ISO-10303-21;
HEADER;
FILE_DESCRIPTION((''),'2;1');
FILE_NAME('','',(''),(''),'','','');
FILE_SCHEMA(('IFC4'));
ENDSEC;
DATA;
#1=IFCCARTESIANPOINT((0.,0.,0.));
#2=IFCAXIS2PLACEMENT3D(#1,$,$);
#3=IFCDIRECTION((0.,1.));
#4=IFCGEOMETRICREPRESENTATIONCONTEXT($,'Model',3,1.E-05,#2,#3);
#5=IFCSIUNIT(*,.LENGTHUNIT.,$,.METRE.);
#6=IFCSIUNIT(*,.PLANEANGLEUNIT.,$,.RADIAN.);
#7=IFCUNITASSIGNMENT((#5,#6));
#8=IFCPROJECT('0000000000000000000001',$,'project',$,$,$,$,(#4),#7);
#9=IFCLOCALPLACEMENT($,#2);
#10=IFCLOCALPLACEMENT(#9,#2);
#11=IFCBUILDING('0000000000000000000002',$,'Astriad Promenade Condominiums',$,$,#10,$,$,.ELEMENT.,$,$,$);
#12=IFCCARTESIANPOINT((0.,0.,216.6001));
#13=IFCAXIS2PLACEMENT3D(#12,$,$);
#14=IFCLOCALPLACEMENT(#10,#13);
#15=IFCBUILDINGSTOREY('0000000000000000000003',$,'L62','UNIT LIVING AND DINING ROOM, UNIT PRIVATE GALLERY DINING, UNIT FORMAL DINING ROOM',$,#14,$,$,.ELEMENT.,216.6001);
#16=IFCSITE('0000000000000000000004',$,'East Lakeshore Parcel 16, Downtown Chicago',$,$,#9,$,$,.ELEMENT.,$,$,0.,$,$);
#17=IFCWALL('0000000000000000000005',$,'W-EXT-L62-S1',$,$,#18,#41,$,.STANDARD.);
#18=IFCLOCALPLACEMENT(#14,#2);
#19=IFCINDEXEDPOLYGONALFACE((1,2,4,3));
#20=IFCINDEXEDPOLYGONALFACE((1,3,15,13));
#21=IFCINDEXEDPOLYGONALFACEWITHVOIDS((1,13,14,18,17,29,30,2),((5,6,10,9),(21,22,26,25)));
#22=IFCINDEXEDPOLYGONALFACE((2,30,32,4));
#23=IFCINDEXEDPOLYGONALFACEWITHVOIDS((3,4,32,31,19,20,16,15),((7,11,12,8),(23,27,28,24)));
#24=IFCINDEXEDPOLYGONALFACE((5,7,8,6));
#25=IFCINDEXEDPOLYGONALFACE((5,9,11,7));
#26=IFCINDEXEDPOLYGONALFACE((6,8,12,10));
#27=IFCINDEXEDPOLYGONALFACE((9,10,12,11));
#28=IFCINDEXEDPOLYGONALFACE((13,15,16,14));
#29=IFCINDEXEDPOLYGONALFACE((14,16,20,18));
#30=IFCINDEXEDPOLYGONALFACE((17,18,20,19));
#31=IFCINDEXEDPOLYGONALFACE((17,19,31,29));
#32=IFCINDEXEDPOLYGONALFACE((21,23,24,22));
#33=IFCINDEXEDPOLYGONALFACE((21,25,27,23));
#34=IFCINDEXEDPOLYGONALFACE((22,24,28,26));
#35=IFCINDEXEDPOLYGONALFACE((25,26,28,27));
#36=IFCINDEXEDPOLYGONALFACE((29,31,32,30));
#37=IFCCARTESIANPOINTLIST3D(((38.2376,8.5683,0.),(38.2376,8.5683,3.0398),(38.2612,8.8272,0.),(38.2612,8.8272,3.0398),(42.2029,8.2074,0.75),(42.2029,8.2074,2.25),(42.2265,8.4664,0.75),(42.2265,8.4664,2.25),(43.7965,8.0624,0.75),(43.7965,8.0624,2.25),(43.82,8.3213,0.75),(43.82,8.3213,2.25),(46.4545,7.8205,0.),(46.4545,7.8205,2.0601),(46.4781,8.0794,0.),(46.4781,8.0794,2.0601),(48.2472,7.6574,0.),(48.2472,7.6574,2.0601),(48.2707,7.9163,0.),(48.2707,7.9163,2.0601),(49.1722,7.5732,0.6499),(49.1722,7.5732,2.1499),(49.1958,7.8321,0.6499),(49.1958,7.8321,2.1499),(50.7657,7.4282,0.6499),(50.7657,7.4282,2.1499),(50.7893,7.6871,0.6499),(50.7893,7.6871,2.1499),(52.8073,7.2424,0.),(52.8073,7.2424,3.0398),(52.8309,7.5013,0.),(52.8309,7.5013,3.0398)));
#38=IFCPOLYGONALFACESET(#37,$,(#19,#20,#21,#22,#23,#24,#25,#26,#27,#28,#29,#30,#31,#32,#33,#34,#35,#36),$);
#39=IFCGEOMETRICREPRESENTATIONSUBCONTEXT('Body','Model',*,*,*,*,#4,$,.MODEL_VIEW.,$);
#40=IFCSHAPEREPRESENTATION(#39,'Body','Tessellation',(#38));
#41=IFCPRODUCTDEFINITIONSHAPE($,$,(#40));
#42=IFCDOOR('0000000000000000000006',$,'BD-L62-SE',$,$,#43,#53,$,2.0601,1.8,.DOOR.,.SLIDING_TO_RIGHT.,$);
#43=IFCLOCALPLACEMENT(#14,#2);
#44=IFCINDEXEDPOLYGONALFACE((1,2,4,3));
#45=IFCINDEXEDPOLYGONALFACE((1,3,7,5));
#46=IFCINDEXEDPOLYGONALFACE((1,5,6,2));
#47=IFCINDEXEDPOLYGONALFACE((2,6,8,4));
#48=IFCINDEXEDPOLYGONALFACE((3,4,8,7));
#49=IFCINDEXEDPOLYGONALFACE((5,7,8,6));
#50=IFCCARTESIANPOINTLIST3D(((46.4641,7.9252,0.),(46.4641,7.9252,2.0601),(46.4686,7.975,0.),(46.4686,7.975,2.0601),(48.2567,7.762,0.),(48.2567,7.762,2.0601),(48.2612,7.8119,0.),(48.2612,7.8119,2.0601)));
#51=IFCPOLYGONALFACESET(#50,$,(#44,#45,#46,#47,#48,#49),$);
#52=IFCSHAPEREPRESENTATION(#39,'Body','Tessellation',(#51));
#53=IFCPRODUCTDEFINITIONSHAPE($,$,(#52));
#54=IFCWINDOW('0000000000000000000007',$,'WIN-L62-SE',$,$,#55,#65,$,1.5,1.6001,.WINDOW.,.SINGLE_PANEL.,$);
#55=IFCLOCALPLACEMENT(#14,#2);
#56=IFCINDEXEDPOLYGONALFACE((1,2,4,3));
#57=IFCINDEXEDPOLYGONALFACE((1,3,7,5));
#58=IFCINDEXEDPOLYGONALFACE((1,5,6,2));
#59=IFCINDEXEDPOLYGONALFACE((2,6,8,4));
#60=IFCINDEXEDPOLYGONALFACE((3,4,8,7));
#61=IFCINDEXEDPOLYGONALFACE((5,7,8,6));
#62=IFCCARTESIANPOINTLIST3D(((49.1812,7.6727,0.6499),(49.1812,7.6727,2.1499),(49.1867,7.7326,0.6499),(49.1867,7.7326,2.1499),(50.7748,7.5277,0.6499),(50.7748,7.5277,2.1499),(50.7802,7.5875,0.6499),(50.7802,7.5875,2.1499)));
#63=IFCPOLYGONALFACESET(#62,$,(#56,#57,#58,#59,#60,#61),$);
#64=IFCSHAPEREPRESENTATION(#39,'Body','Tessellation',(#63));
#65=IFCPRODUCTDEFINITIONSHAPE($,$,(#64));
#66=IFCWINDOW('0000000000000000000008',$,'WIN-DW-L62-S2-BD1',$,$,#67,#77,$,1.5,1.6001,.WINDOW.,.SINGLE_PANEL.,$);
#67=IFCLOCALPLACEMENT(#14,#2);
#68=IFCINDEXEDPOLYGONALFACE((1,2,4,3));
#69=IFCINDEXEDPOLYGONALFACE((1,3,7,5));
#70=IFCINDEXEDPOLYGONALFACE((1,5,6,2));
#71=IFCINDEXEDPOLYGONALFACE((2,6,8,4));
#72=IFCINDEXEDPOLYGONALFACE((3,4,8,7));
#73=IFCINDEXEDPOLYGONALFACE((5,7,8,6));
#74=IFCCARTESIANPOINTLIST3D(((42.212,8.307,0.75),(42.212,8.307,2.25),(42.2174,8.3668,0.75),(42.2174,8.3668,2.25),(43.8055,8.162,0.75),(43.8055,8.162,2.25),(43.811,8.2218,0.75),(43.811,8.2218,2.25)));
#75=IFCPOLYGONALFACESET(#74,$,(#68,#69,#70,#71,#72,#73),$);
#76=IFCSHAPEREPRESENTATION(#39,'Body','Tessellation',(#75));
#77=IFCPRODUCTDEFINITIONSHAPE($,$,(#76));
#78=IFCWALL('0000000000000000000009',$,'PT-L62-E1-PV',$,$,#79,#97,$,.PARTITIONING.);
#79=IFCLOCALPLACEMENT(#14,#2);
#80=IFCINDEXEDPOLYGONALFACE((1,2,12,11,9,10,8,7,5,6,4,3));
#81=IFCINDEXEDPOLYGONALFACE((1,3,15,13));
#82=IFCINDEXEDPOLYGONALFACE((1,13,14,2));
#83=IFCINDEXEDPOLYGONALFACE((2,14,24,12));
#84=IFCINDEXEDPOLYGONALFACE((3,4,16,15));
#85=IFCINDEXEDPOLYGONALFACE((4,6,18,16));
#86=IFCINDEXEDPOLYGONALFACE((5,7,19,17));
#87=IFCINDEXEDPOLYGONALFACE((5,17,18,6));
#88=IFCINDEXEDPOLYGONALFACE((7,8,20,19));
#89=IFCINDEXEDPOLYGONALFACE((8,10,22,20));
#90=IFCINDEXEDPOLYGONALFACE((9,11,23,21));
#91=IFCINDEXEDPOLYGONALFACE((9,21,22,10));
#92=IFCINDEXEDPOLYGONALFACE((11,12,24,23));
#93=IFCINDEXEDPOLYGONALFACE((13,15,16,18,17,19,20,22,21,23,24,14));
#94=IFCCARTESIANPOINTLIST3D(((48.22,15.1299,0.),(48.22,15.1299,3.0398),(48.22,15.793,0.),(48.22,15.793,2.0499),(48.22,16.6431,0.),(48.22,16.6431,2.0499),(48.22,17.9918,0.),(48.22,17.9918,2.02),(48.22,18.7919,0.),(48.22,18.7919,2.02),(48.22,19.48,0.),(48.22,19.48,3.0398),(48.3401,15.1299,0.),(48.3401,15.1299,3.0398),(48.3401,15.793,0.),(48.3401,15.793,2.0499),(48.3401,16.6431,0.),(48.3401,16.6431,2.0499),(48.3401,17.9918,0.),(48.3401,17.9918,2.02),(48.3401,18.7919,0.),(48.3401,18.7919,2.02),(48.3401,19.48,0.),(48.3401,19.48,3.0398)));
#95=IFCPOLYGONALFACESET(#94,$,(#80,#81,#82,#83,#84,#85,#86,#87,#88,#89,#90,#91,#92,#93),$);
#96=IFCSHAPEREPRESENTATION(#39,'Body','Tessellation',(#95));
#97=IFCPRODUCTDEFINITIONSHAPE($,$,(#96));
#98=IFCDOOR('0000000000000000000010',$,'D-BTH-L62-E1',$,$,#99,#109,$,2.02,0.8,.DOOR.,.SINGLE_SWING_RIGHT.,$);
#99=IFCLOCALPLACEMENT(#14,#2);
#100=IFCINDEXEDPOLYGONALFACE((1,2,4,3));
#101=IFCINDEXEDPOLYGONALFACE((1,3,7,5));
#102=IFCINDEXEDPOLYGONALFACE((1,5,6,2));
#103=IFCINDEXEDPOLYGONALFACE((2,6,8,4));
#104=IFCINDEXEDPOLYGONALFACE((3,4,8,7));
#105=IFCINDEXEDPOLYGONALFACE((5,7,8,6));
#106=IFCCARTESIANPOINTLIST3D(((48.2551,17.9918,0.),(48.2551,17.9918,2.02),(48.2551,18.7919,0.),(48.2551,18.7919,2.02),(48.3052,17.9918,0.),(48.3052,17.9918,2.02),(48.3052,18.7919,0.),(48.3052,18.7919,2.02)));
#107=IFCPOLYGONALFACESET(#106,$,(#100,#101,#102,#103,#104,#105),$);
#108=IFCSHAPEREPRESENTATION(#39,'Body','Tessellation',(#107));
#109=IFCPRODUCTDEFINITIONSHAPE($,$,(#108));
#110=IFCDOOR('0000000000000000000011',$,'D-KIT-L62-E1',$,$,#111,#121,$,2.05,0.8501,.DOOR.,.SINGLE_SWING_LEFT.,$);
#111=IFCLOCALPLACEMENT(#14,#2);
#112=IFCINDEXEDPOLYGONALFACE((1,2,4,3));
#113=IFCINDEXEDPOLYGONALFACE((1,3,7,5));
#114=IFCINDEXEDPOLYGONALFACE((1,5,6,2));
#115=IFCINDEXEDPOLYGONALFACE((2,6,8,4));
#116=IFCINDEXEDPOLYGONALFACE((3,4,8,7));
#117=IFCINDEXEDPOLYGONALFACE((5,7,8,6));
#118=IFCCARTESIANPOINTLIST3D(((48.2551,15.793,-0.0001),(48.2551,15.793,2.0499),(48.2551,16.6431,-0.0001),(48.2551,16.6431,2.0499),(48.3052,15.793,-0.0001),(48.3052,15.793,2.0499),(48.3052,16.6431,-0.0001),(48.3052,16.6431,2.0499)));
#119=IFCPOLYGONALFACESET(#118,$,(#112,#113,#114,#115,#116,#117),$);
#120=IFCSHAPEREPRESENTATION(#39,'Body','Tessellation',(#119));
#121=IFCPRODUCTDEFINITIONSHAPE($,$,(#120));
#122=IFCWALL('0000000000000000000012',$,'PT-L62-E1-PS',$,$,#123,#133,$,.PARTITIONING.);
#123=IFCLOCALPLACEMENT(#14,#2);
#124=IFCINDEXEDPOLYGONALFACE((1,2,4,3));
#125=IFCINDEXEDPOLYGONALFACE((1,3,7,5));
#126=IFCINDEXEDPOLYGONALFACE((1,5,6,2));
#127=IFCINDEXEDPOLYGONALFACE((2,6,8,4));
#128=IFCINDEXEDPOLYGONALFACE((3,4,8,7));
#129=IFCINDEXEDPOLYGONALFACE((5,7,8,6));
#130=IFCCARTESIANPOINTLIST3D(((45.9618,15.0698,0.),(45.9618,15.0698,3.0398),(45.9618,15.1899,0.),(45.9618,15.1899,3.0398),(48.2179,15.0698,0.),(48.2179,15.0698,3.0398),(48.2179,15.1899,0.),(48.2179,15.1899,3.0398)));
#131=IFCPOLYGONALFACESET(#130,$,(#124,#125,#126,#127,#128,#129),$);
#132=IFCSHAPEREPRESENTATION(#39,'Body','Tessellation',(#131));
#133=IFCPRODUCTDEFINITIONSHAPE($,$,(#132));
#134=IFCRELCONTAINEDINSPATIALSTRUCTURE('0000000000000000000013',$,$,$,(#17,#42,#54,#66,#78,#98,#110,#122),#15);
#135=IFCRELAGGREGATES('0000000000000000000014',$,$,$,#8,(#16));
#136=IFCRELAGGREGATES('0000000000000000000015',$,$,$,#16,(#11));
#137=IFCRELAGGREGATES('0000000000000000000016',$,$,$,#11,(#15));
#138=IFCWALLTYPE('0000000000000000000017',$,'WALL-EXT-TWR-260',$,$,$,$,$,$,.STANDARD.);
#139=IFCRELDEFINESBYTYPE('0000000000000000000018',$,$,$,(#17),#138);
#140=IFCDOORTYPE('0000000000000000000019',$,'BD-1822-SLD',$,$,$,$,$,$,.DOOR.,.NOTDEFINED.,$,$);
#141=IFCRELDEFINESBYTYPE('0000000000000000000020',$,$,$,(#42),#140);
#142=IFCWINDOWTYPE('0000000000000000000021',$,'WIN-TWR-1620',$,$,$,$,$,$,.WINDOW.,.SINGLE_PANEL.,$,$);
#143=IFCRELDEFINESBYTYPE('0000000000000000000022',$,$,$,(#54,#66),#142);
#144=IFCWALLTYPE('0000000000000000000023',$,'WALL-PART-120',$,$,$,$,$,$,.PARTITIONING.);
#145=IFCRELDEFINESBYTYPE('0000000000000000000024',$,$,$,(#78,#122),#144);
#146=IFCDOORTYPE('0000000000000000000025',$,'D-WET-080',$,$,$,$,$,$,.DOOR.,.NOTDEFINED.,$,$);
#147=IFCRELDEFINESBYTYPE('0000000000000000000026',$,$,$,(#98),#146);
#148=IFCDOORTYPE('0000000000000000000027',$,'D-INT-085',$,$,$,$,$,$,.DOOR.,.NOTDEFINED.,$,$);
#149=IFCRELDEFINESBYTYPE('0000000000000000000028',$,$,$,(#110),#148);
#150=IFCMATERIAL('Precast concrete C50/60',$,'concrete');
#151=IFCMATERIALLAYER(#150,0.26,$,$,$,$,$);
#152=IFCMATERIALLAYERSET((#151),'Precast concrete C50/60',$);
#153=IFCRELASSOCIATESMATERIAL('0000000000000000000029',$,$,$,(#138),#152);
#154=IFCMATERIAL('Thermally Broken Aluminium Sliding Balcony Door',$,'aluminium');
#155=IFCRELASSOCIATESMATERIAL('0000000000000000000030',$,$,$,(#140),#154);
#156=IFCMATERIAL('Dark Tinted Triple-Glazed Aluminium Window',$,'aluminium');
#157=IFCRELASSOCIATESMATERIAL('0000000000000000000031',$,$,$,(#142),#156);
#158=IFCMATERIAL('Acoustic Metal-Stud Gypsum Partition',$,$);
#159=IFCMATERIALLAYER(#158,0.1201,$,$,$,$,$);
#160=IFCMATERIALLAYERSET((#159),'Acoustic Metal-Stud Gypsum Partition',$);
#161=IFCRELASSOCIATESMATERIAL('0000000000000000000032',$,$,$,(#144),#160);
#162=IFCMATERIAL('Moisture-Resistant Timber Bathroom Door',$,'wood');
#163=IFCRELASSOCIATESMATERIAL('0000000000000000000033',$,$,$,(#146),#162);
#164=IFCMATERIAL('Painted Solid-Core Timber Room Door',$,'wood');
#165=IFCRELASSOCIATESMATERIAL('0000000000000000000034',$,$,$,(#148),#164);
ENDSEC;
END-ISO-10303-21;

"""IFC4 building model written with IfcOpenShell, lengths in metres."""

from ifc_helpers import new_model, si_unit, direction, frame, frame_2d, origin, place, context, subcontext, project, spatial, rectangle, extrude, source, transform, mapped, material, layer, layer_set, type_object, type_shapes, element, fill, save


model = new_model("IFC4")

# Units and contexts
model_context = context("Model", 3, precision=1e-05, world=origin(), true_north=direction((0.0, 1.0)))
body_context = subcontext(model_context, "Body", "Model", "MODEL_VIEW")
ifc_project = project(units=[si_unit("LENGTHUNIT", "METRE"), si_unit("PLANEANGLEUNIT", "RADIAN")], contexts=[model_context])

# Site, building, storey
site_placement = place(None, origin())
site = spatial("IfcSite", under=ifc_project, at=site_placement, Name="East Lakeshore Parcel 16, Downtown Chicago", CompositionType="ELEMENT", RefElevation=0.0)
building_placement = place(site_placement, origin())
building = spatial("IfcBuilding", under=site, at=building_placement, Name="Astriad Promenade Condominiums", CompositionType="ELEMENT")
storey_placement = place(building_placement, frame((0.0, 0.0, 216.6001)))
storey = spatial("IfcBuildingStorey", under=building, at=storey_placement, Name="L62", Description="UNIT LIVING AND DINING ROOM, UNIT PRIVATE GALLERY DINING, UNIT FORMAL DINING ROOM", CompositionType="ELEMENT", Elevation=216.6001)

# Shared definitions
ifc_material_1 = material(Name="Precast concrete C50/60", Category="concrete")
ifc_layer_1 = layer(ifc_material_1, 0.26)
ifc_layer_set_1 = layer_set([ifc_layer_1], Name="Precast concrete C50/60")
wall_type_1 = type_object("IfcWallType", Name="WALL-EXT-TWR-260", PredefinedType="STANDARD", material=ifc_layer_set_1)

# Wall, openings, door, windows
wall_1_placement = place(storey_placement, frame((52.8191, 7.3718, 0.0), z_axis=(0.0, 0.0, 1.0), x_axis=(-0.995884, 0.090632, 0.0)))
wall_1 = element("IfcWall", 1, at=wall_1_placement, inside=storey, type_object=wall_type_1, Name="W-EXT-L62-S1", PredefinedType="STANDARD", context=body_context, shape_type="SweptSolid", body=[
    extrude(rectangle(XDim=14.6299, YDim=0.26, at=frame_2d((7.3149, 0.0))), origin(), (0.0, 0.0, 1.0), 3.0398),
])
opening_1_placement = place(wall_1_placement, frame((4.5791, 0.0, 0.0)))
opening_1 = element("IfcOpeningElement", 2, at=opening_1_placement, cuts=wall_1, PredefinedType="OPENING", context=body_context, shape_type="SweptSolid", body=[
    extrude(rectangle(XDim=1.8, YDim=2.0601, at=frame_2d((0.8999, 1.03))), frame((0.0, 0.1399, 0.0), z_axis=(0.0, -1.0, 0.0), x_axis=(1.0, 0.0, 0.0)), (0.0, 0.0, 1.0), 0.28),
])
opening_2_placement = place(wall_1_placement, frame((2.05, 0.0, 0.6499)))
opening_2 = element("IfcOpeningElement", 3, at=opening_2_placement, cuts=wall_1, PredefinedType="OPENING", context=body_context, shape_type="SweptSolid", body=[
    extrude(rectangle(XDim=1.6001, YDim=1.5, at=frame_2d((0.8, 0.75))), frame((0.0, 0.1399, 0.0), z_axis=(0.0, -1.0, 0.0), x_axis=(1.0, 0.0, 0.0)), (0.0, 0.0, 1.0), 0.28),
])
opening_3_placement = place(wall_1_placement, frame((9.0481, 0.0, 0.75)))
opening_3 = element("IfcOpeningElement", 4, at=opening_3_placement, cuts=wall_1, PredefinedType="OPENING", context=body_context, shape_type="SweptSolid", body=[
    extrude(rectangle(XDim=1.6001, YDim=1.5, at=frame_2d((0.8, 0.75))), frame((0.0, 0.1399, 0.0), z_axis=(0.0, -1.0, 0.0), x_axis=(1.0, 0.0, 0.0)), (0.0, 0.0, 1.0), 0.28),
])
ifc_material_2 = material(Name="Thermally Broken Aluminium Sliding Balcony Door", Category="aluminium")
door_type_1 = type_object("IfcDoorType", Name="BD-1822-SLD", OperationType="NOTDEFINED", PredefinedType="DOOR", material=ifc_material_2)
shared_shape_1 = source(origin(), body_context, "Body", "SweptSolid", [
    extrude(rectangle(XDim=1.8, YDim=2.0601, at=frame_2d((0.8999, 1.03))), frame((0.0, 0.0249, 0.0), z_axis=(0.0, -1.0, 0.0), x_axis=(1.0, 0.0, 0.0)), (0.0, 0.0, 1.0), 0.05),
])
type_shapes(door_type_1, [shared_shape_1])
door_1_placement = place(opening_1_placement, origin())
door_1 = element("IfcDoor", 5, at=door_1_placement, inside=storey, type_object=door_type_1, Name="BD-L62-SE", OperationType="SLIDING_TO_RIGHT", OverallHeight=2.0601, OverallWidth=1.8, PredefinedType="DOOR", context=body_context, shape_type="MappedRepresentation", body=[
    mapped(shared_shape_1, transform((0.0, 0.0, 0.0), scale=1.0)),
])
fill(opening_1, door_1)
ifc_material_3 = material(Name="Dark Tinted Triple-Glazed Aluminium Window", Category="aluminium")
window_type = type_object("IfcWindowType", Name="WIN-TWR-1620", PartitioningType="SINGLE_PANEL", PredefinedType="WINDOW", material=ifc_material_3)
shared_shape_2 = source(origin(), body_context, "Body", "SweptSolid", [
    extrude(rectangle(XDim=1.6001, YDim=1.5, at=frame_2d((0.8, 0.75))), frame((0.0, 0.03, 0.0), z_axis=(0.0, -1.0, 0.0), x_axis=(1.0, 0.0, 0.0)), (0.0, 0.0, 1.0), 0.0601),
])
type_shapes(window_type, [shared_shape_2])
window_1_placement = place(opening_2_placement, origin())
window_1 = element("IfcWindow", 6, at=window_1_placement, inside=storey, type_object=window_type, Name="WIN-L62-SE", OverallHeight=1.5, OverallWidth=1.6001, PartitioningType="SINGLE_PANEL", PredefinedType="WINDOW", context=body_context, shape_type="MappedRepresentation", body=[
    mapped(shared_shape_2, transform((0.0, 0.0, 0.0), scale=1.0)),
])
fill(opening_2, window_1)
window_2_placement = place(opening_3_placement, origin())
window_2 = element("IfcWindow", 7, at=window_2_placement, inside=storey, type_object=window_type, Name="WIN-DW-L62-S2-BD1", OverallHeight=1.5, OverallWidth=1.6001, PartitioningType="SINGLE_PANEL", PredefinedType="WINDOW", context=body_context, shape_type="MappedRepresentation", body=[
    mapped(shared_shape_2, transform((0.0, 0.0, 0.0), scale=1.0)),
])
fill(opening_3, window_2)

# Wall, openings, doors
ifc_material_4 = material(Name="Acoustic Metal-Stud Gypsum Partition")
ifc_layer_2 = layer(ifc_material_4, 0.1201)
ifc_layer_set_2 = layer_set([ifc_layer_2], Name="Acoustic Metal-Stud Gypsum Partition")
wall_type_2 = type_object("IfcWallType", Name="WALL-PART-120", PredefinedType="PARTITIONING", material=ifc_layer_set_2)
wall_2_placement = place(storey_placement, frame((48.28, 15.1299, 0.0), z_axis=(0.0, 0.0, 1.0), x_axis=(0.0, 1.0, 0.0)))
wall_2 = element("IfcWall", 8, at=wall_2_placement, inside=storey, type_object=wall_type_2, Name="PT-L62-E1-PV", PredefinedType="PARTITIONING", context=body_context, shape_type="SweptSolid", body=[
    extrude(rectangle(XDim=4.3501, YDim=0.1201, at=frame_2d((2.175, 0.0))), origin(), (0.0, 0.0, 1.0), 3.0398),
])
opening_4_placement = place(wall_2_placement, frame((0.6631, 0.0, 0.0)))
opening_4 = element("IfcOpeningElement", 9, at=opening_4_placement, cuts=wall_2, PredefinedType="OPENING", context=body_context, shape_type="SweptSolid", body=[
    extrude(rectangle(XDim=0.8501, YDim=2.05, at=frame_2d((0.425, 1.0249))), frame((0.0, 0.0701, 0.0), z_axis=(0.0, -1.0, 0.0), x_axis=(1.0, 0.0, 0.0)), (0.0, 0.0, 1.0), 0.1401),
])
opening_5_placement = place(wall_2_placement, frame((2.8621, 0.0, 0.0)))
opening_5 = element("IfcOpeningElement", 10, at=opening_5_placement, cuts=wall_2, PredefinedType="OPENING", context=body_context, shape_type="SweptSolid", body=[
    extrude(rectangle(XDim=0.8, YDim=2.02, at=frame_2d((0.3999, 1.01))), frame((0.0, 0.0701, 0.0), z_axis=(0.0, -1.0, 0.0), x_axis=(1.0, 0.0, 0.0)), (0.0, 0.0, 1.0), 0.1401),
])
ifc_material_5 = material(Name="Moisture-Resistant Timber Bathroom Door", Category="wood")
door_type_2 = type_object("IfcDoorType", Name="D-WET-080", OperationType="NOTDEFINED", PredefinedType="DOOR", material=ifc_material_5)
shared_shape_3 = source(origin(), body_context, "Body", "SweptSolid", [
    extrude(rectangle(XDim=0.8, YDim=2.02, at=frame_2d((0.3999, 1.01))), frame((0.0, 0.0249, 0.0), z_axis=(0.0, -1.0, 0.0), x_axis=(1.0, 0.0, 0.0)), (0.0, 0.0, 1.0), 0.05),
])
type_shapes(door_type_2, [shared_shape_3])
door_2_placement = place(opening_5_placement, origin())
door_2 = element("IfcDoor", 11, at=door_2_placement, inside=storey, type_object=door_type_2, Name="D-BTH-L62-E1", OperationType="SINGLE_SWING_RIGHT", OverallHeight=2.02, OverallWidth=0.8, PredefinedType="DOOR", context=body_context, shape_type="MappedRepresentation", body=[
    mapped(shared_shape_3, transform((0.0, 0.0, 0.0), scale=1.0)),
])
fill(opening_5, door_2)
ifc_material_6 = material(Name="Painted Solid-Core Timber Room Door", Category="wood")
door_type_3 = type_object("IfcDoorType", Name="D-INT-085", OperationType="NOTDEFINED", PredefinedType="DOOR", material=ifc_material_6)
shared_shape_4 = source(origin(), body_context, "Body", "SweptSolid", [
    extrude(rectangle(XDim=0.8501, YDim=2.05, at=frame_2d((0.425, 1.0249))), frame((0.0, 0.0249, 0.0), z_axis=(0.0, -1.0, 0.0), x_axis=(1.0, 0.0, 0.0)), (0.0, 0.0, 1.0), 0.05),
])
type_shapes(door_type_3, [shared_shape_4])
door_3_placement = place(opening_4_placement, origin())
door_3 = element("IfcDoor", 12, at=door_3_placement, inside=storey, type_object=door_type_3, Name="D-KIT-L62-E1", OperationType="SINGLE_SWING_LEFT", OverallHeight=2.05, OverallWidth=0.8501, PredefinedType="DOOR", context=body_context, shape_type="MappedRepresentation", body=[
    mapped(shared_shape_4, transform((0.0, 0.0, 0.0), scale=1.0)),
])
fill(opening_4, door_3)

# Wall
wall_3_placement = place(storey_placement, frame((45.9619, 15.1299, 0.0), z_axis=(0.0, 0.0, 1.0), x_axis=(1.0, 0.0, 0.0)))
element("IfcWall", 13, at=wall_3_placement, inside=storey, type_object=wall_type_2, Name="PT-L62-E1-PS", PredefinedType="PARTITIONING", context=body_context, shape_type="SweptSolid", body=[
    extrude(rectangle(XDim=2.2561, YDim=0.1201, at=frame_2d((1.1279, 0.0))), origin(), (0.0, 0.0, 1.0), 3.0398),
])

save(model, "model.ifc")
